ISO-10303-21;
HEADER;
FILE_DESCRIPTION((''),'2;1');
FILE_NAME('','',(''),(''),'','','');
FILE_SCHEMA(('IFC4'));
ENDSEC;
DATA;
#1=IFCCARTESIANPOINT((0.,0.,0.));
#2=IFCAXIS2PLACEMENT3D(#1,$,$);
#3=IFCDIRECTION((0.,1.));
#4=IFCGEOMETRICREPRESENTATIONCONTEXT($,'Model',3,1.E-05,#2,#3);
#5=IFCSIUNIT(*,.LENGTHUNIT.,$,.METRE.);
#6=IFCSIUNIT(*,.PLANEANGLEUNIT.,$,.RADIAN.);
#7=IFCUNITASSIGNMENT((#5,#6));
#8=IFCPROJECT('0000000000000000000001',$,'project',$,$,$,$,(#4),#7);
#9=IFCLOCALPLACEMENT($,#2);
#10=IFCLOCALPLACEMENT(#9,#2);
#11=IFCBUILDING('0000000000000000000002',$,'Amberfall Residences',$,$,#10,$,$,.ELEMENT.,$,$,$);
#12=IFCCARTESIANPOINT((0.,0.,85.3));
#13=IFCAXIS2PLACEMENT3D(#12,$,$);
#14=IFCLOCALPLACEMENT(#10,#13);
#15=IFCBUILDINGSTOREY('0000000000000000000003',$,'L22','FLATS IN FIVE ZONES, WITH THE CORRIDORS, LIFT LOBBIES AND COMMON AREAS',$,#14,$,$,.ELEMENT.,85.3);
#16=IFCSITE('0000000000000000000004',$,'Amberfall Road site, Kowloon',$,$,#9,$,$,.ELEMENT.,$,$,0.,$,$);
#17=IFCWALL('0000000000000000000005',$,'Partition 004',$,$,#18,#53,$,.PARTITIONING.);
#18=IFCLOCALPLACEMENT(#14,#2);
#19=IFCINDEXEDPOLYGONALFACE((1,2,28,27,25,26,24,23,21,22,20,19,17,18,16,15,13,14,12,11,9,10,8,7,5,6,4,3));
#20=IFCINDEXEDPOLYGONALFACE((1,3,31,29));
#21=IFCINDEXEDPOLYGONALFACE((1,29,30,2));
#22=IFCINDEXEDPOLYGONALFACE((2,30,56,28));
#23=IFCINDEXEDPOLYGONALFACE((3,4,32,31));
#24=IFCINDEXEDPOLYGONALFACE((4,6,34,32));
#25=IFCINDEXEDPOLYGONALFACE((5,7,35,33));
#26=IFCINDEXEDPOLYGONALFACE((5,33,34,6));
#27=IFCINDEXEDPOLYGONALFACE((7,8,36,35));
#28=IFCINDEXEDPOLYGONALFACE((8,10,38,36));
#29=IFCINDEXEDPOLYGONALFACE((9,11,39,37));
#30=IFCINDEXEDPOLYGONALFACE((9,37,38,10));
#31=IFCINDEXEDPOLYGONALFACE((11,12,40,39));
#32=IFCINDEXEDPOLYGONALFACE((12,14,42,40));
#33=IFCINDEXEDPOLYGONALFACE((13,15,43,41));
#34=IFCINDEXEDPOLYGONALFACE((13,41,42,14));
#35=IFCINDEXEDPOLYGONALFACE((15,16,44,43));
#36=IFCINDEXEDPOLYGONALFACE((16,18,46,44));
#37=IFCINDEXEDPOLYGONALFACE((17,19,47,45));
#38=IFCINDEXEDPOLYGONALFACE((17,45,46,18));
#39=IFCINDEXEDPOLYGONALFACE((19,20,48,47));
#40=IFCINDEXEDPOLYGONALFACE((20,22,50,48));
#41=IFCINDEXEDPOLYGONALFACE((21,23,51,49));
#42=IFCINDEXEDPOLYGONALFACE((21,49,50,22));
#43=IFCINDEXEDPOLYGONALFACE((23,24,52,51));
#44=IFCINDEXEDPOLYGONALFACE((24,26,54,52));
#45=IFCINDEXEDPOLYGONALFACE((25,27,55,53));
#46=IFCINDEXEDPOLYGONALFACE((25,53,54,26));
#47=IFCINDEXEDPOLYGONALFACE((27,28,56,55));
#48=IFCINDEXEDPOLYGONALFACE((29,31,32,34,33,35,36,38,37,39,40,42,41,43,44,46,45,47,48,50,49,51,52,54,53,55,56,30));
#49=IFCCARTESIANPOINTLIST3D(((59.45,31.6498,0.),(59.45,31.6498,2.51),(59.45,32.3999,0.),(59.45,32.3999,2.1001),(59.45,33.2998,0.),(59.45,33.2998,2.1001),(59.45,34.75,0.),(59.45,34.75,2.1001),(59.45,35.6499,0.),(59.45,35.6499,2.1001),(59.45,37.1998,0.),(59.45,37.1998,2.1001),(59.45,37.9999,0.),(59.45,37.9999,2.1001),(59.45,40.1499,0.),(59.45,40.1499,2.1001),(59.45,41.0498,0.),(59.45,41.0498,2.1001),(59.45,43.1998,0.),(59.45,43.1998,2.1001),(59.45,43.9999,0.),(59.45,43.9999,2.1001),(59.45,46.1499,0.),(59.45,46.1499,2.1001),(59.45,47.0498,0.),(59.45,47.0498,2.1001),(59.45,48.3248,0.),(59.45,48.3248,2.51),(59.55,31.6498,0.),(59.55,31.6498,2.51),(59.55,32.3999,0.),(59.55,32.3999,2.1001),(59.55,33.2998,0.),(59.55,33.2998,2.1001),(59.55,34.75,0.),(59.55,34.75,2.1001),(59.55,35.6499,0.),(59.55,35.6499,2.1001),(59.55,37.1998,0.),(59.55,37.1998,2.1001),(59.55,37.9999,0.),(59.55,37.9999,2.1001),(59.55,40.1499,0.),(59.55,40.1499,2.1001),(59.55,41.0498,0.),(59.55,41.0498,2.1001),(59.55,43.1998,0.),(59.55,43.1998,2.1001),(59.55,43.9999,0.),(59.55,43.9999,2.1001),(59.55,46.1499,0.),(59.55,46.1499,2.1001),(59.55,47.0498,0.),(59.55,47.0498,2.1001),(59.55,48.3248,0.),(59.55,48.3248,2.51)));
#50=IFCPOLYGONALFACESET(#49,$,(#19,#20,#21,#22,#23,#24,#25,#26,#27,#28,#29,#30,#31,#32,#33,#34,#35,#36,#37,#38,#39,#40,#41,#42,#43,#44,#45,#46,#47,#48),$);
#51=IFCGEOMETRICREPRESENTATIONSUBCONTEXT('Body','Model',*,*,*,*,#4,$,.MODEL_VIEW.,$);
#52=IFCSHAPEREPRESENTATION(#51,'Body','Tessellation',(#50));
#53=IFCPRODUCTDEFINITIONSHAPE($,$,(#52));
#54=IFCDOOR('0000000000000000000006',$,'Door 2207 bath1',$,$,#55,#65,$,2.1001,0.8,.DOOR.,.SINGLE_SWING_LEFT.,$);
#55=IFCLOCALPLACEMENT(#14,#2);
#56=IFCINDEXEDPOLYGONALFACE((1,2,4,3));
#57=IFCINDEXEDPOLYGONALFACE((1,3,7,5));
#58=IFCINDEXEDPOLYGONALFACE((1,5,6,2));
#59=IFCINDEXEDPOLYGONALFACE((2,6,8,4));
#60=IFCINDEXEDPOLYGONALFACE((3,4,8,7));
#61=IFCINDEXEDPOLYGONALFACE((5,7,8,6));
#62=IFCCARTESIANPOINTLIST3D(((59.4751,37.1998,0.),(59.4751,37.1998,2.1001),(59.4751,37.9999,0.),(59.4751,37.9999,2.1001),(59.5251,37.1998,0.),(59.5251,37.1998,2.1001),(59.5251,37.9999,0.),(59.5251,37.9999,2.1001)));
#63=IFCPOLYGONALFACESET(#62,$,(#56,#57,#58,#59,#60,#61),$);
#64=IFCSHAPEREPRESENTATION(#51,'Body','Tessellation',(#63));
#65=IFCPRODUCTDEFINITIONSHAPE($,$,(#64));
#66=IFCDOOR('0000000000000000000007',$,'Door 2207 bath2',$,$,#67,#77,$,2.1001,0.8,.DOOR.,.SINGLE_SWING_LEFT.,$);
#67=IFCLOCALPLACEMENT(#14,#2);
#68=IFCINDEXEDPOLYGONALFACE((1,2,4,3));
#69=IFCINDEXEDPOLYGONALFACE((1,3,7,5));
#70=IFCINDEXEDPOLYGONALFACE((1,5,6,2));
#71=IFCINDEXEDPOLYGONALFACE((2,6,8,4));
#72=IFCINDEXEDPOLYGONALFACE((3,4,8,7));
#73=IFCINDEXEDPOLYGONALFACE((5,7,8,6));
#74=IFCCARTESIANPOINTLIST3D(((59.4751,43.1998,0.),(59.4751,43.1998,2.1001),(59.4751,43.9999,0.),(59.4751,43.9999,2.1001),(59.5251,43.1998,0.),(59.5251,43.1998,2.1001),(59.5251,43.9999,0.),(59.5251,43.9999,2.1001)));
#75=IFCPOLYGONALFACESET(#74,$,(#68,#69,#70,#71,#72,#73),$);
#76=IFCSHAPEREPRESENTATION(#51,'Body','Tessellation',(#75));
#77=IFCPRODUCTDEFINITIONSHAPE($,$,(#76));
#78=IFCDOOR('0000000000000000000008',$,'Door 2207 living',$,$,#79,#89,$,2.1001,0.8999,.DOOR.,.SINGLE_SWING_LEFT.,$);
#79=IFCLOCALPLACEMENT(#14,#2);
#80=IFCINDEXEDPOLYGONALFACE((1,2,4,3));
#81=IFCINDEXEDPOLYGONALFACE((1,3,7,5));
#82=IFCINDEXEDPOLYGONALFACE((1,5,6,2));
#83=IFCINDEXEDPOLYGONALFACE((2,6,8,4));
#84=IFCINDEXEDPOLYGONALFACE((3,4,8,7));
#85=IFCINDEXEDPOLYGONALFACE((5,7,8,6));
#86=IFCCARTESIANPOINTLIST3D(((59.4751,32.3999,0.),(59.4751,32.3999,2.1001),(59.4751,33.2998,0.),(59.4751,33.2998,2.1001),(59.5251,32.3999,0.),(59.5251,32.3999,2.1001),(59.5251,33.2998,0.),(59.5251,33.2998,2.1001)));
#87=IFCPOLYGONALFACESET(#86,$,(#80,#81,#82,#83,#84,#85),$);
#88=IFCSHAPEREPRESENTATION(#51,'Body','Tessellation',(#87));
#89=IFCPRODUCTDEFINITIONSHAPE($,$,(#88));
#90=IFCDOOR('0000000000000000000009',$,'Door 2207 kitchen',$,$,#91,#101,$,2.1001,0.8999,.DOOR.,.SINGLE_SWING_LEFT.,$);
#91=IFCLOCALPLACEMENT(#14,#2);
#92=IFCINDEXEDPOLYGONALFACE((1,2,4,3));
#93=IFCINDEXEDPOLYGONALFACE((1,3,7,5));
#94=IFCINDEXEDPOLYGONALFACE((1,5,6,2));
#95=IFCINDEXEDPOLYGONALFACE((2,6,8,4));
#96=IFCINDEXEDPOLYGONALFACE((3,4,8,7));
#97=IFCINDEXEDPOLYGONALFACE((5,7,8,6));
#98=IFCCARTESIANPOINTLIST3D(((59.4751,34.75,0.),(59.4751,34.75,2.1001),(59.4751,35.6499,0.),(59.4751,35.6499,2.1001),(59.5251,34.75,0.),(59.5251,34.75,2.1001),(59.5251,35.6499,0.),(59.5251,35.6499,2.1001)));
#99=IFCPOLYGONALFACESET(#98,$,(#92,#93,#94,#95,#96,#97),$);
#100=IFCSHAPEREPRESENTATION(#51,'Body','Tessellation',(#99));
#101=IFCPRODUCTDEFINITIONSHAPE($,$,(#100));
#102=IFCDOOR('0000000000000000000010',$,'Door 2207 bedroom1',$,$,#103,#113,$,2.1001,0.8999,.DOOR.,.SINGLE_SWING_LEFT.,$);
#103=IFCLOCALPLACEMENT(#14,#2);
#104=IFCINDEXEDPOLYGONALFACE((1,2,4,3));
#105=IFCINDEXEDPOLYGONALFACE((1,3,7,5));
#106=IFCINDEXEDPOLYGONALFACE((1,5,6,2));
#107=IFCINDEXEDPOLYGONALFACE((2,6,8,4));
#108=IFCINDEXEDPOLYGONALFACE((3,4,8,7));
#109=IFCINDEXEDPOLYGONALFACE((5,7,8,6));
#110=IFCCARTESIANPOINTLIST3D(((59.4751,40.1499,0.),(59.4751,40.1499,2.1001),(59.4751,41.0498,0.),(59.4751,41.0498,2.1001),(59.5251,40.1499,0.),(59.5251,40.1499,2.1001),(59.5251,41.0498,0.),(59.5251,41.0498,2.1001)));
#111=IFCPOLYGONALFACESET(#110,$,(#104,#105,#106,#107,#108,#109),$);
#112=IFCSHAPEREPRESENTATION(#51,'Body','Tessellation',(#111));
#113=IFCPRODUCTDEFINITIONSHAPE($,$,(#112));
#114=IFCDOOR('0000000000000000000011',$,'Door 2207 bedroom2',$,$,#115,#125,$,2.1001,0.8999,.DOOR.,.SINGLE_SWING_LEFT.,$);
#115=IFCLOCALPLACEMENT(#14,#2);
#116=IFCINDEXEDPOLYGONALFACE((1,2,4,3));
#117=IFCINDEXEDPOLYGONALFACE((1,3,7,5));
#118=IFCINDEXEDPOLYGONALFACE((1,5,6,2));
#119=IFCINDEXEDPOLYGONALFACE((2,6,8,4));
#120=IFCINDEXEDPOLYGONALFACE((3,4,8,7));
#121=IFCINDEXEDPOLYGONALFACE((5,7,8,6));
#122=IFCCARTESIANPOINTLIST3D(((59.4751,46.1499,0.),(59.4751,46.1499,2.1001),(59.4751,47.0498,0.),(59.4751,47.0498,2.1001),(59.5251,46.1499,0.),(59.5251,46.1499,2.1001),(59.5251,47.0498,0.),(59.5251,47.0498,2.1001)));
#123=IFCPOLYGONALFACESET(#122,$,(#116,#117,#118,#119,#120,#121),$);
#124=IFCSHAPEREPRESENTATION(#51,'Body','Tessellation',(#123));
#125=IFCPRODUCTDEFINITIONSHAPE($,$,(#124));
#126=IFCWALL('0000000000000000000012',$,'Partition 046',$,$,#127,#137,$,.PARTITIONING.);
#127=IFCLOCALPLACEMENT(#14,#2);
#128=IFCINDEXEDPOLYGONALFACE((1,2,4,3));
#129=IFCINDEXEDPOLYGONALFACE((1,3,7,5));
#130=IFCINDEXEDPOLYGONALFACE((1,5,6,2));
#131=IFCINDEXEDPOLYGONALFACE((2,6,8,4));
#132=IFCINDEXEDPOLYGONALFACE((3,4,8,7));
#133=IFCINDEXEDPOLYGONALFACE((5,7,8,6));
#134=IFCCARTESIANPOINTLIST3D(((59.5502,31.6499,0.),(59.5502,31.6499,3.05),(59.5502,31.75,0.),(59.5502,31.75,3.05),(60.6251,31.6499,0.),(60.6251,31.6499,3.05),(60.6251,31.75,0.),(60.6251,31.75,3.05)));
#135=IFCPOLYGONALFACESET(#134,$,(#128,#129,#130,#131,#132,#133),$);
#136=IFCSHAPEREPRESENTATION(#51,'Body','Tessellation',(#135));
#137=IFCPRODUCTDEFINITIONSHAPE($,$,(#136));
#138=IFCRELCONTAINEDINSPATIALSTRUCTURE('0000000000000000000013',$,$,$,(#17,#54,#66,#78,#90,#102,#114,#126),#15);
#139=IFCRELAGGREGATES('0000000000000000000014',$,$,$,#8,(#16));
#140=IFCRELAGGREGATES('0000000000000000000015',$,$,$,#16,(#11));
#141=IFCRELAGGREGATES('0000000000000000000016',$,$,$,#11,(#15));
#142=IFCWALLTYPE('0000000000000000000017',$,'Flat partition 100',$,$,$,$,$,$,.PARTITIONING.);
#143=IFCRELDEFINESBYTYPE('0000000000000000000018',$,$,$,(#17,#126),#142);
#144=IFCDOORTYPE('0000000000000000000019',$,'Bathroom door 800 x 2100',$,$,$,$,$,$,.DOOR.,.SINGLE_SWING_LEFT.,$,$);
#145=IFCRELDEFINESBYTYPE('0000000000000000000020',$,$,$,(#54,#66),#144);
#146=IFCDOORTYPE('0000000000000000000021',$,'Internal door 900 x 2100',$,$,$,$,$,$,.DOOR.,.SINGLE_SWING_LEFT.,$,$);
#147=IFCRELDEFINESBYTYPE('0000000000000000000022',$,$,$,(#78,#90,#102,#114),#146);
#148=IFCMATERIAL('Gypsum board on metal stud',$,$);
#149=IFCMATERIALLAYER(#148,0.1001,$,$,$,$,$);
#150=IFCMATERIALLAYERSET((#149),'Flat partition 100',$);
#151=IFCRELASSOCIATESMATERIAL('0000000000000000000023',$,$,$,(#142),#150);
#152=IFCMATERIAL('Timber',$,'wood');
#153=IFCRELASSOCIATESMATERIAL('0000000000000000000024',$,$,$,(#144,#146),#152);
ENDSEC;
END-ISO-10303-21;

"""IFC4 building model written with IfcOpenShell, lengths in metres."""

from ifc_helpers import new_model, si_unit, direction, frame, frame_2d, origin, place, context, subcontext, project, spatial, rectangle, extrude, material, layer, layer_set, type_object, element, fill, save


model = new_model("IFC4")

# Units and contexts
model_context = context("Model", 3, precision=1e-05, world=origin(), true_north=direction((0.0, 1.0)))
body_context = subcontext(model_context, "Body", "Model", "MODEL_VIEW")
ifc_project = project(units=[si_unit("LENGTHUNIT", "METRE"), si_unit("PLANEANGLEUNIT", "RADIAN")], contexts=[model_context])

# Site, building, storey
site_placement = place(None, origin())
site = spatial("IfcSite", under=ifc_project, at=site_placement, Name="Amberfall Road site, Kowloon", CompositionType="ELEMENT", RefElevation=0.0)
building_placement = place(site_placement, origin())
building = spatial("IfcBuilding", under=site, at=building_placement, Name="Amberfall Residences", CompositionType="ELEMENT")
storey_placement = place(building_placement, frame((0.0, 0.0, 85.3)))
storey = spatial("IfcBuildingStorey", under=building, at=storey_placement, Name="L22", Description="FLATS IN FIVE ZONES, WITH THE CORRIDORS, LIFT LOBBIES AND COMMON AREAS", CompositionType="ELEMENT", Elevation=85.3)

# Wall, openings, doors
ifc_material_1 = material(Name="Gypsum board on metal stud")
ifc_layer_1 = layer(ifc_material_1, 0.1001)
ifc_layer_set_1 = layer_set([ifc_layer_1], Name="Flat partition 100")
wall_type_1 = type_object("IfcWallType", Name="Flat partition 100", PredefinedType="PARTITIONING", material=ifc_layer_set_1)
wall_1_placement = place(storey_placement, frame((59.5, 31.6499, 0.0), z_axis=(0.0, 0.0, 1.0), x_axis=(0.0, 1.0, 0.0)))
wall_1 = element("IfcWall", 1, at=wall_1_placement, inside=storey, type_object=wall_type_1, Name="Partition 004", PredefinedType="PARTITIONING", context=body_context, shape_type="SweptSolid", body=[
    extrude(rectangle(XDim=16.675, YDim=0.1001, at=frame_2d((8.3374, 0.0))), origin(), (0.0, 0.0, 1.0), 2.51),
])
opening_1_placement = place(wall_1_placement, frame((0.75, 0.0, 0.0)))
opening_1 = element("IfcOpeningElement", 2, at=opening_1_placement, cuts=wall_1, PredefinedType="OPENING", context=body_context, shape_type="SweptSolid", body=[
    extrude(rectangle(XDim=0.8999, YDim=2.1001, at=frame_2d((0.45, 1.05))), frame((0.0, 0.0601, 0.0), z_axis=(0.0, -1.0, 0.0), x_axis=(1.0, 0.0, 0.0)), (0.0, 0.0, 1.0), 0.1201),
])
opening_2_placement = place(wall_1_placement, frame((3.1001, 0.0, 0.0)))
opening_2 = element("IfcOpeningElement", 3, at=opening_2_placement, cuts=wall_1, PredefinedType="OPENING", context=body_context, shape_type="SweptSolid", body=[
    extrude(rectangle(XDim=0.8999, YDim=2.1001, at=frame_2d((0.45, 1.05))), frame((0.0, 0.0601, 0.0), z_axis=(0.0, -1.0, 0.0), x_axis=(1.0, 0.0, 0.0)), (0.0, 0.0, 1.0), 0.1201),
])
opening_3_placement = place(wall_1_placement, frame((8.5, 0.0, 0.0)))
opening_3 = element("IfcOpeningElement", 4, at=opening_3_placement, cuts=wall_1, PredefinedType="OPENING", context=body_context, shape_type="SweptSolid", body=[
    extrude(rectangle(XDim=0.8999, YDim=2.1001, at=frame_2d((0.45, 1.05))), frame((0.0, 0.0601, 0.0), z_axis=(0.0, -1.0, 0.0), x_axis=(1.0, 0.0, 0.0)), (0.0, 0.0, 1.0), 0.1201),
])
opening_4_placement = place(wall_1_placement, frame((14.5, 0.0, 0.0)))
opening_4 = element("IfcOpeningElement", 5, at=opening_4_placement, cuts=wall_1, PredefinedType="OPENING", context=body_context, shape_type="SweptSolid", body=[
    extrude(rectangle(XDim=0.8999, YDim=2.1001, at=frame_2d((0.45, 1.05))), frame((0.0, 0.0601, 0.0), z_axis=(0.0, -1.0, 0.0), x_axis=(1.0, 0.0, 0.0)), (0.0, 0.0, 1.0), 0.1201),
])
opening_5_placement = place(wall_1_placement, frame((5.55, 0.0, 0.0)))
opening_5 = element("IfcOpeningElement", 6, at=opening_5_placement, cuts=wall_1, PredefinedType="OPENING", context=body_context, shape_type="SweptSolid", body=[
    extrude(rectangle(XDim=0.8, YDim=2.1001, at=frame_2d((0.3999, 1.05))), frame((0.0, 0.0601, 0.0), z_axis=(0.0, -1.0, 0.0), x_axis=(1.0, 0.0, 0.0)), (0.0, 0.0, 1.0), 0.1201),
])
opening_6_placement = place(wall_1_placement, frame((11.55, 0.0, 0.0)))
opening_6 = element("IfcOpeningElement", 7, at=opening_6_placement, cuts=wall_1, PredefinedType="OPENING", context=body_context, shape_type="SweptSolid", body=[
    extrude(rectangle(XDim=0.8, YDim=2.1001, at=frame_2d((0.3999, 1.05))), frame((0.0, 0.0601, 0.0), z_axis=(0.0, -1.0, 0.0), x_axis=(1.0, 0.0, 0.0)), (0.0, 0.0, 1.0), 0.1201),
])
ifc_material_2 = material(Name="Timber", Category="wood")
door_type_1 = type_object("IfcDoorType", Name="Bathroom door 800 x 2100", OperationType="SINGLE_SWING_LEFT", PredefinedType="DOOR", material=ifc_material_2)
door_1_placement = place(opening_5_placement, origin())
door_1 = element("IfcDoor", 8, at=door_1_placement, inside=storey, type_object=door_type_1, Name="Door 2207 bath1", OperationType="SINGLE_SWING_LEFT", OverallHeight=2.1001, OverallWidth=0.8, PredefinedType="DOOR", context=body_context, shape_type="SweptSolid", body=[
    extrude(rectangle(XDim=0.8, YDim=2.1001, at=frame_2d((0.3999, 1.05))), frame((0.0, 0.0249, 0.0), z_axis=(0.0, -1.0, 0.0), x_axis=(1.0, 0.0, 0.0)), (0.0, 0.0, 1.0), 0.05),
])
fill(opening_5, door_1)
door_2_placement = place(opening_6_placement, origin())
door_2 = element("IfcDoor", 9, at=door_2_placement, inside=storey, type_object=door_type_1, Name="Door 2207 bath2", OperationType="SINGLE_SWING_LEFT", OverallHeight=2.1001, OverallWidth=0.8, PredefinedType="DOOR", context=body_context, shape_type="SweptSolid", body=[
    extrude(rectangle(XDim=0.8, YDim=2.1001, at=frame_2d((0.3999, 1.05))), frame((0.0, 0.0249, 0.0), z_axis=(0.0, -1.0, 0.0), x_axis=(1.0, 0.0, 0.0)), (0.0, 0.0, 1.0), 0.05),
])
fill(opening_6, door_2)
door_type_2 = type_object("IfcDoorType", Name="Internal door 900 x 2100", OperationType="SINGLE_SWING_LEFT", PredefinedType="DOOR", material=ifc_material_2)
door_3_placement = place(opening_1_placement, origin())
door_3 = element("IfcDoor", 10, at=door_3_placement, inside=storey, type_object=door_type_2, Name="Door 2207 living", OperationType="SINGLE_SWING_LEFT", OverallHeight=2.1001, OverallWidth=0.8999, PredefinedType="DOOR", context=body_context, shape_type="SweptSolid", body=[
    extrude(rectangle(XDim=0.8999, YDim=2.1001, at=frame_2d((0.45, 1.05))), frame((0.0, 0.0249, 0.0), z_axis=(0.0, -1.0, 0.0), x_axis=(1.0, 0.0, 0.0)), (0.0, 0.0, 1.0), 0.05),
])
fill(opening_1, door_3)
door_4_placement = place(opening_2_placement, origin())
door_4 = element("IfcDoor", 11, at=door_4_placement, inside=storey, type_object=door_type_2, Name="Door 2207 kitchen", OperationType="SINGLE_SWING_LEFT", OverallHeight=2.1001, OverallWidth=0.8999, PredefinedType="DOOR", context=body_context, shape_type="SweptSolid", body=[
    extrude(rectangle(XDim=0.8999, YDim=2.1001, at=frame_2d((0.45, 1.05))), frame((0.0, 0.0249, 0.0), z_axis=(0.0, -1.0, 0.0), x_axis=(1.0, 0.0, 0.0)), (0.0, 0.0, 1.0), 0.05),
])
fill(opening_2, door_4)
door_5_placement = place(opening_3_placement, origin())
door_5 = element("IfcDoor", 12, at=door_5_placement, inside=storey, type_object=door_type_2, Name="Door 2207 bedroom1", OperationType="SINGLE_SWING_LEFT", OverallHeight=2.1001, OverallWidth=0.8999, PredefinedType="DOOR", context=body_context, shape_type="SweptSolid", body=[
    extrude(rectangle(XDim=0.8999, YDim=2.1001, at=frame_2d((0.45, 1.05))), frame((0.0, 0.0249, 0.0), z_axis=(0.0, -1.0, 0.0), x_axis=(1.0, 0.0, 0.0)), (0.0, 0.0, 1.0), 0.05),
])
fill(opening_3, door_5)
door_6_placement = place(opening_4_placement, origin())
door_6 = element("IfcDoor", 13, at=door_6_placement, inside=storey, type_object=door_type_2, Name="Door 2207 bedroom2", OperationType="SINGLE_SWING_LEFT", OverallHeight=2.1001, OverallWidth=0.8999, PredefinedType="DOOR", context=body_context, shape_type="SweptSolid", body=[
    extrude(rectangle(XDim=0.8999, YDim=2.1001, at=frame_2d((0.45, 1.05))), frame((0.0, 0.0249, 0.0), z_axis=(0.0, -1.0, 0.0), x_axis=(1.0, 0.0, 0.0)), (0.0, 0.0, 1.0), 0.05),
])
fill(opening_4, door_6)

# Wall
wall_2_placement = place(storey_placement, frame((59.55, 31.7, 0.0), z_axis=(0.0, 0.0, 1.0), x_axis=(1.0, 0.0, 0.0)))
element("IfcWall", 14, at=wall_2_placement, inside=storey, type_object=wall_type_1, Name="Partition 046", PredefinedType="PARTITIONING", context=body_context, shape_type="SweptSolid", body=[
    extrude(rectangle(XDim=1.075, YDim=0.1001, at=frame_2d((0.5376, 0.0))), origin(), (0.0, 0.0, 1.0), 3.05),
])

save(model, "model.ifc")
